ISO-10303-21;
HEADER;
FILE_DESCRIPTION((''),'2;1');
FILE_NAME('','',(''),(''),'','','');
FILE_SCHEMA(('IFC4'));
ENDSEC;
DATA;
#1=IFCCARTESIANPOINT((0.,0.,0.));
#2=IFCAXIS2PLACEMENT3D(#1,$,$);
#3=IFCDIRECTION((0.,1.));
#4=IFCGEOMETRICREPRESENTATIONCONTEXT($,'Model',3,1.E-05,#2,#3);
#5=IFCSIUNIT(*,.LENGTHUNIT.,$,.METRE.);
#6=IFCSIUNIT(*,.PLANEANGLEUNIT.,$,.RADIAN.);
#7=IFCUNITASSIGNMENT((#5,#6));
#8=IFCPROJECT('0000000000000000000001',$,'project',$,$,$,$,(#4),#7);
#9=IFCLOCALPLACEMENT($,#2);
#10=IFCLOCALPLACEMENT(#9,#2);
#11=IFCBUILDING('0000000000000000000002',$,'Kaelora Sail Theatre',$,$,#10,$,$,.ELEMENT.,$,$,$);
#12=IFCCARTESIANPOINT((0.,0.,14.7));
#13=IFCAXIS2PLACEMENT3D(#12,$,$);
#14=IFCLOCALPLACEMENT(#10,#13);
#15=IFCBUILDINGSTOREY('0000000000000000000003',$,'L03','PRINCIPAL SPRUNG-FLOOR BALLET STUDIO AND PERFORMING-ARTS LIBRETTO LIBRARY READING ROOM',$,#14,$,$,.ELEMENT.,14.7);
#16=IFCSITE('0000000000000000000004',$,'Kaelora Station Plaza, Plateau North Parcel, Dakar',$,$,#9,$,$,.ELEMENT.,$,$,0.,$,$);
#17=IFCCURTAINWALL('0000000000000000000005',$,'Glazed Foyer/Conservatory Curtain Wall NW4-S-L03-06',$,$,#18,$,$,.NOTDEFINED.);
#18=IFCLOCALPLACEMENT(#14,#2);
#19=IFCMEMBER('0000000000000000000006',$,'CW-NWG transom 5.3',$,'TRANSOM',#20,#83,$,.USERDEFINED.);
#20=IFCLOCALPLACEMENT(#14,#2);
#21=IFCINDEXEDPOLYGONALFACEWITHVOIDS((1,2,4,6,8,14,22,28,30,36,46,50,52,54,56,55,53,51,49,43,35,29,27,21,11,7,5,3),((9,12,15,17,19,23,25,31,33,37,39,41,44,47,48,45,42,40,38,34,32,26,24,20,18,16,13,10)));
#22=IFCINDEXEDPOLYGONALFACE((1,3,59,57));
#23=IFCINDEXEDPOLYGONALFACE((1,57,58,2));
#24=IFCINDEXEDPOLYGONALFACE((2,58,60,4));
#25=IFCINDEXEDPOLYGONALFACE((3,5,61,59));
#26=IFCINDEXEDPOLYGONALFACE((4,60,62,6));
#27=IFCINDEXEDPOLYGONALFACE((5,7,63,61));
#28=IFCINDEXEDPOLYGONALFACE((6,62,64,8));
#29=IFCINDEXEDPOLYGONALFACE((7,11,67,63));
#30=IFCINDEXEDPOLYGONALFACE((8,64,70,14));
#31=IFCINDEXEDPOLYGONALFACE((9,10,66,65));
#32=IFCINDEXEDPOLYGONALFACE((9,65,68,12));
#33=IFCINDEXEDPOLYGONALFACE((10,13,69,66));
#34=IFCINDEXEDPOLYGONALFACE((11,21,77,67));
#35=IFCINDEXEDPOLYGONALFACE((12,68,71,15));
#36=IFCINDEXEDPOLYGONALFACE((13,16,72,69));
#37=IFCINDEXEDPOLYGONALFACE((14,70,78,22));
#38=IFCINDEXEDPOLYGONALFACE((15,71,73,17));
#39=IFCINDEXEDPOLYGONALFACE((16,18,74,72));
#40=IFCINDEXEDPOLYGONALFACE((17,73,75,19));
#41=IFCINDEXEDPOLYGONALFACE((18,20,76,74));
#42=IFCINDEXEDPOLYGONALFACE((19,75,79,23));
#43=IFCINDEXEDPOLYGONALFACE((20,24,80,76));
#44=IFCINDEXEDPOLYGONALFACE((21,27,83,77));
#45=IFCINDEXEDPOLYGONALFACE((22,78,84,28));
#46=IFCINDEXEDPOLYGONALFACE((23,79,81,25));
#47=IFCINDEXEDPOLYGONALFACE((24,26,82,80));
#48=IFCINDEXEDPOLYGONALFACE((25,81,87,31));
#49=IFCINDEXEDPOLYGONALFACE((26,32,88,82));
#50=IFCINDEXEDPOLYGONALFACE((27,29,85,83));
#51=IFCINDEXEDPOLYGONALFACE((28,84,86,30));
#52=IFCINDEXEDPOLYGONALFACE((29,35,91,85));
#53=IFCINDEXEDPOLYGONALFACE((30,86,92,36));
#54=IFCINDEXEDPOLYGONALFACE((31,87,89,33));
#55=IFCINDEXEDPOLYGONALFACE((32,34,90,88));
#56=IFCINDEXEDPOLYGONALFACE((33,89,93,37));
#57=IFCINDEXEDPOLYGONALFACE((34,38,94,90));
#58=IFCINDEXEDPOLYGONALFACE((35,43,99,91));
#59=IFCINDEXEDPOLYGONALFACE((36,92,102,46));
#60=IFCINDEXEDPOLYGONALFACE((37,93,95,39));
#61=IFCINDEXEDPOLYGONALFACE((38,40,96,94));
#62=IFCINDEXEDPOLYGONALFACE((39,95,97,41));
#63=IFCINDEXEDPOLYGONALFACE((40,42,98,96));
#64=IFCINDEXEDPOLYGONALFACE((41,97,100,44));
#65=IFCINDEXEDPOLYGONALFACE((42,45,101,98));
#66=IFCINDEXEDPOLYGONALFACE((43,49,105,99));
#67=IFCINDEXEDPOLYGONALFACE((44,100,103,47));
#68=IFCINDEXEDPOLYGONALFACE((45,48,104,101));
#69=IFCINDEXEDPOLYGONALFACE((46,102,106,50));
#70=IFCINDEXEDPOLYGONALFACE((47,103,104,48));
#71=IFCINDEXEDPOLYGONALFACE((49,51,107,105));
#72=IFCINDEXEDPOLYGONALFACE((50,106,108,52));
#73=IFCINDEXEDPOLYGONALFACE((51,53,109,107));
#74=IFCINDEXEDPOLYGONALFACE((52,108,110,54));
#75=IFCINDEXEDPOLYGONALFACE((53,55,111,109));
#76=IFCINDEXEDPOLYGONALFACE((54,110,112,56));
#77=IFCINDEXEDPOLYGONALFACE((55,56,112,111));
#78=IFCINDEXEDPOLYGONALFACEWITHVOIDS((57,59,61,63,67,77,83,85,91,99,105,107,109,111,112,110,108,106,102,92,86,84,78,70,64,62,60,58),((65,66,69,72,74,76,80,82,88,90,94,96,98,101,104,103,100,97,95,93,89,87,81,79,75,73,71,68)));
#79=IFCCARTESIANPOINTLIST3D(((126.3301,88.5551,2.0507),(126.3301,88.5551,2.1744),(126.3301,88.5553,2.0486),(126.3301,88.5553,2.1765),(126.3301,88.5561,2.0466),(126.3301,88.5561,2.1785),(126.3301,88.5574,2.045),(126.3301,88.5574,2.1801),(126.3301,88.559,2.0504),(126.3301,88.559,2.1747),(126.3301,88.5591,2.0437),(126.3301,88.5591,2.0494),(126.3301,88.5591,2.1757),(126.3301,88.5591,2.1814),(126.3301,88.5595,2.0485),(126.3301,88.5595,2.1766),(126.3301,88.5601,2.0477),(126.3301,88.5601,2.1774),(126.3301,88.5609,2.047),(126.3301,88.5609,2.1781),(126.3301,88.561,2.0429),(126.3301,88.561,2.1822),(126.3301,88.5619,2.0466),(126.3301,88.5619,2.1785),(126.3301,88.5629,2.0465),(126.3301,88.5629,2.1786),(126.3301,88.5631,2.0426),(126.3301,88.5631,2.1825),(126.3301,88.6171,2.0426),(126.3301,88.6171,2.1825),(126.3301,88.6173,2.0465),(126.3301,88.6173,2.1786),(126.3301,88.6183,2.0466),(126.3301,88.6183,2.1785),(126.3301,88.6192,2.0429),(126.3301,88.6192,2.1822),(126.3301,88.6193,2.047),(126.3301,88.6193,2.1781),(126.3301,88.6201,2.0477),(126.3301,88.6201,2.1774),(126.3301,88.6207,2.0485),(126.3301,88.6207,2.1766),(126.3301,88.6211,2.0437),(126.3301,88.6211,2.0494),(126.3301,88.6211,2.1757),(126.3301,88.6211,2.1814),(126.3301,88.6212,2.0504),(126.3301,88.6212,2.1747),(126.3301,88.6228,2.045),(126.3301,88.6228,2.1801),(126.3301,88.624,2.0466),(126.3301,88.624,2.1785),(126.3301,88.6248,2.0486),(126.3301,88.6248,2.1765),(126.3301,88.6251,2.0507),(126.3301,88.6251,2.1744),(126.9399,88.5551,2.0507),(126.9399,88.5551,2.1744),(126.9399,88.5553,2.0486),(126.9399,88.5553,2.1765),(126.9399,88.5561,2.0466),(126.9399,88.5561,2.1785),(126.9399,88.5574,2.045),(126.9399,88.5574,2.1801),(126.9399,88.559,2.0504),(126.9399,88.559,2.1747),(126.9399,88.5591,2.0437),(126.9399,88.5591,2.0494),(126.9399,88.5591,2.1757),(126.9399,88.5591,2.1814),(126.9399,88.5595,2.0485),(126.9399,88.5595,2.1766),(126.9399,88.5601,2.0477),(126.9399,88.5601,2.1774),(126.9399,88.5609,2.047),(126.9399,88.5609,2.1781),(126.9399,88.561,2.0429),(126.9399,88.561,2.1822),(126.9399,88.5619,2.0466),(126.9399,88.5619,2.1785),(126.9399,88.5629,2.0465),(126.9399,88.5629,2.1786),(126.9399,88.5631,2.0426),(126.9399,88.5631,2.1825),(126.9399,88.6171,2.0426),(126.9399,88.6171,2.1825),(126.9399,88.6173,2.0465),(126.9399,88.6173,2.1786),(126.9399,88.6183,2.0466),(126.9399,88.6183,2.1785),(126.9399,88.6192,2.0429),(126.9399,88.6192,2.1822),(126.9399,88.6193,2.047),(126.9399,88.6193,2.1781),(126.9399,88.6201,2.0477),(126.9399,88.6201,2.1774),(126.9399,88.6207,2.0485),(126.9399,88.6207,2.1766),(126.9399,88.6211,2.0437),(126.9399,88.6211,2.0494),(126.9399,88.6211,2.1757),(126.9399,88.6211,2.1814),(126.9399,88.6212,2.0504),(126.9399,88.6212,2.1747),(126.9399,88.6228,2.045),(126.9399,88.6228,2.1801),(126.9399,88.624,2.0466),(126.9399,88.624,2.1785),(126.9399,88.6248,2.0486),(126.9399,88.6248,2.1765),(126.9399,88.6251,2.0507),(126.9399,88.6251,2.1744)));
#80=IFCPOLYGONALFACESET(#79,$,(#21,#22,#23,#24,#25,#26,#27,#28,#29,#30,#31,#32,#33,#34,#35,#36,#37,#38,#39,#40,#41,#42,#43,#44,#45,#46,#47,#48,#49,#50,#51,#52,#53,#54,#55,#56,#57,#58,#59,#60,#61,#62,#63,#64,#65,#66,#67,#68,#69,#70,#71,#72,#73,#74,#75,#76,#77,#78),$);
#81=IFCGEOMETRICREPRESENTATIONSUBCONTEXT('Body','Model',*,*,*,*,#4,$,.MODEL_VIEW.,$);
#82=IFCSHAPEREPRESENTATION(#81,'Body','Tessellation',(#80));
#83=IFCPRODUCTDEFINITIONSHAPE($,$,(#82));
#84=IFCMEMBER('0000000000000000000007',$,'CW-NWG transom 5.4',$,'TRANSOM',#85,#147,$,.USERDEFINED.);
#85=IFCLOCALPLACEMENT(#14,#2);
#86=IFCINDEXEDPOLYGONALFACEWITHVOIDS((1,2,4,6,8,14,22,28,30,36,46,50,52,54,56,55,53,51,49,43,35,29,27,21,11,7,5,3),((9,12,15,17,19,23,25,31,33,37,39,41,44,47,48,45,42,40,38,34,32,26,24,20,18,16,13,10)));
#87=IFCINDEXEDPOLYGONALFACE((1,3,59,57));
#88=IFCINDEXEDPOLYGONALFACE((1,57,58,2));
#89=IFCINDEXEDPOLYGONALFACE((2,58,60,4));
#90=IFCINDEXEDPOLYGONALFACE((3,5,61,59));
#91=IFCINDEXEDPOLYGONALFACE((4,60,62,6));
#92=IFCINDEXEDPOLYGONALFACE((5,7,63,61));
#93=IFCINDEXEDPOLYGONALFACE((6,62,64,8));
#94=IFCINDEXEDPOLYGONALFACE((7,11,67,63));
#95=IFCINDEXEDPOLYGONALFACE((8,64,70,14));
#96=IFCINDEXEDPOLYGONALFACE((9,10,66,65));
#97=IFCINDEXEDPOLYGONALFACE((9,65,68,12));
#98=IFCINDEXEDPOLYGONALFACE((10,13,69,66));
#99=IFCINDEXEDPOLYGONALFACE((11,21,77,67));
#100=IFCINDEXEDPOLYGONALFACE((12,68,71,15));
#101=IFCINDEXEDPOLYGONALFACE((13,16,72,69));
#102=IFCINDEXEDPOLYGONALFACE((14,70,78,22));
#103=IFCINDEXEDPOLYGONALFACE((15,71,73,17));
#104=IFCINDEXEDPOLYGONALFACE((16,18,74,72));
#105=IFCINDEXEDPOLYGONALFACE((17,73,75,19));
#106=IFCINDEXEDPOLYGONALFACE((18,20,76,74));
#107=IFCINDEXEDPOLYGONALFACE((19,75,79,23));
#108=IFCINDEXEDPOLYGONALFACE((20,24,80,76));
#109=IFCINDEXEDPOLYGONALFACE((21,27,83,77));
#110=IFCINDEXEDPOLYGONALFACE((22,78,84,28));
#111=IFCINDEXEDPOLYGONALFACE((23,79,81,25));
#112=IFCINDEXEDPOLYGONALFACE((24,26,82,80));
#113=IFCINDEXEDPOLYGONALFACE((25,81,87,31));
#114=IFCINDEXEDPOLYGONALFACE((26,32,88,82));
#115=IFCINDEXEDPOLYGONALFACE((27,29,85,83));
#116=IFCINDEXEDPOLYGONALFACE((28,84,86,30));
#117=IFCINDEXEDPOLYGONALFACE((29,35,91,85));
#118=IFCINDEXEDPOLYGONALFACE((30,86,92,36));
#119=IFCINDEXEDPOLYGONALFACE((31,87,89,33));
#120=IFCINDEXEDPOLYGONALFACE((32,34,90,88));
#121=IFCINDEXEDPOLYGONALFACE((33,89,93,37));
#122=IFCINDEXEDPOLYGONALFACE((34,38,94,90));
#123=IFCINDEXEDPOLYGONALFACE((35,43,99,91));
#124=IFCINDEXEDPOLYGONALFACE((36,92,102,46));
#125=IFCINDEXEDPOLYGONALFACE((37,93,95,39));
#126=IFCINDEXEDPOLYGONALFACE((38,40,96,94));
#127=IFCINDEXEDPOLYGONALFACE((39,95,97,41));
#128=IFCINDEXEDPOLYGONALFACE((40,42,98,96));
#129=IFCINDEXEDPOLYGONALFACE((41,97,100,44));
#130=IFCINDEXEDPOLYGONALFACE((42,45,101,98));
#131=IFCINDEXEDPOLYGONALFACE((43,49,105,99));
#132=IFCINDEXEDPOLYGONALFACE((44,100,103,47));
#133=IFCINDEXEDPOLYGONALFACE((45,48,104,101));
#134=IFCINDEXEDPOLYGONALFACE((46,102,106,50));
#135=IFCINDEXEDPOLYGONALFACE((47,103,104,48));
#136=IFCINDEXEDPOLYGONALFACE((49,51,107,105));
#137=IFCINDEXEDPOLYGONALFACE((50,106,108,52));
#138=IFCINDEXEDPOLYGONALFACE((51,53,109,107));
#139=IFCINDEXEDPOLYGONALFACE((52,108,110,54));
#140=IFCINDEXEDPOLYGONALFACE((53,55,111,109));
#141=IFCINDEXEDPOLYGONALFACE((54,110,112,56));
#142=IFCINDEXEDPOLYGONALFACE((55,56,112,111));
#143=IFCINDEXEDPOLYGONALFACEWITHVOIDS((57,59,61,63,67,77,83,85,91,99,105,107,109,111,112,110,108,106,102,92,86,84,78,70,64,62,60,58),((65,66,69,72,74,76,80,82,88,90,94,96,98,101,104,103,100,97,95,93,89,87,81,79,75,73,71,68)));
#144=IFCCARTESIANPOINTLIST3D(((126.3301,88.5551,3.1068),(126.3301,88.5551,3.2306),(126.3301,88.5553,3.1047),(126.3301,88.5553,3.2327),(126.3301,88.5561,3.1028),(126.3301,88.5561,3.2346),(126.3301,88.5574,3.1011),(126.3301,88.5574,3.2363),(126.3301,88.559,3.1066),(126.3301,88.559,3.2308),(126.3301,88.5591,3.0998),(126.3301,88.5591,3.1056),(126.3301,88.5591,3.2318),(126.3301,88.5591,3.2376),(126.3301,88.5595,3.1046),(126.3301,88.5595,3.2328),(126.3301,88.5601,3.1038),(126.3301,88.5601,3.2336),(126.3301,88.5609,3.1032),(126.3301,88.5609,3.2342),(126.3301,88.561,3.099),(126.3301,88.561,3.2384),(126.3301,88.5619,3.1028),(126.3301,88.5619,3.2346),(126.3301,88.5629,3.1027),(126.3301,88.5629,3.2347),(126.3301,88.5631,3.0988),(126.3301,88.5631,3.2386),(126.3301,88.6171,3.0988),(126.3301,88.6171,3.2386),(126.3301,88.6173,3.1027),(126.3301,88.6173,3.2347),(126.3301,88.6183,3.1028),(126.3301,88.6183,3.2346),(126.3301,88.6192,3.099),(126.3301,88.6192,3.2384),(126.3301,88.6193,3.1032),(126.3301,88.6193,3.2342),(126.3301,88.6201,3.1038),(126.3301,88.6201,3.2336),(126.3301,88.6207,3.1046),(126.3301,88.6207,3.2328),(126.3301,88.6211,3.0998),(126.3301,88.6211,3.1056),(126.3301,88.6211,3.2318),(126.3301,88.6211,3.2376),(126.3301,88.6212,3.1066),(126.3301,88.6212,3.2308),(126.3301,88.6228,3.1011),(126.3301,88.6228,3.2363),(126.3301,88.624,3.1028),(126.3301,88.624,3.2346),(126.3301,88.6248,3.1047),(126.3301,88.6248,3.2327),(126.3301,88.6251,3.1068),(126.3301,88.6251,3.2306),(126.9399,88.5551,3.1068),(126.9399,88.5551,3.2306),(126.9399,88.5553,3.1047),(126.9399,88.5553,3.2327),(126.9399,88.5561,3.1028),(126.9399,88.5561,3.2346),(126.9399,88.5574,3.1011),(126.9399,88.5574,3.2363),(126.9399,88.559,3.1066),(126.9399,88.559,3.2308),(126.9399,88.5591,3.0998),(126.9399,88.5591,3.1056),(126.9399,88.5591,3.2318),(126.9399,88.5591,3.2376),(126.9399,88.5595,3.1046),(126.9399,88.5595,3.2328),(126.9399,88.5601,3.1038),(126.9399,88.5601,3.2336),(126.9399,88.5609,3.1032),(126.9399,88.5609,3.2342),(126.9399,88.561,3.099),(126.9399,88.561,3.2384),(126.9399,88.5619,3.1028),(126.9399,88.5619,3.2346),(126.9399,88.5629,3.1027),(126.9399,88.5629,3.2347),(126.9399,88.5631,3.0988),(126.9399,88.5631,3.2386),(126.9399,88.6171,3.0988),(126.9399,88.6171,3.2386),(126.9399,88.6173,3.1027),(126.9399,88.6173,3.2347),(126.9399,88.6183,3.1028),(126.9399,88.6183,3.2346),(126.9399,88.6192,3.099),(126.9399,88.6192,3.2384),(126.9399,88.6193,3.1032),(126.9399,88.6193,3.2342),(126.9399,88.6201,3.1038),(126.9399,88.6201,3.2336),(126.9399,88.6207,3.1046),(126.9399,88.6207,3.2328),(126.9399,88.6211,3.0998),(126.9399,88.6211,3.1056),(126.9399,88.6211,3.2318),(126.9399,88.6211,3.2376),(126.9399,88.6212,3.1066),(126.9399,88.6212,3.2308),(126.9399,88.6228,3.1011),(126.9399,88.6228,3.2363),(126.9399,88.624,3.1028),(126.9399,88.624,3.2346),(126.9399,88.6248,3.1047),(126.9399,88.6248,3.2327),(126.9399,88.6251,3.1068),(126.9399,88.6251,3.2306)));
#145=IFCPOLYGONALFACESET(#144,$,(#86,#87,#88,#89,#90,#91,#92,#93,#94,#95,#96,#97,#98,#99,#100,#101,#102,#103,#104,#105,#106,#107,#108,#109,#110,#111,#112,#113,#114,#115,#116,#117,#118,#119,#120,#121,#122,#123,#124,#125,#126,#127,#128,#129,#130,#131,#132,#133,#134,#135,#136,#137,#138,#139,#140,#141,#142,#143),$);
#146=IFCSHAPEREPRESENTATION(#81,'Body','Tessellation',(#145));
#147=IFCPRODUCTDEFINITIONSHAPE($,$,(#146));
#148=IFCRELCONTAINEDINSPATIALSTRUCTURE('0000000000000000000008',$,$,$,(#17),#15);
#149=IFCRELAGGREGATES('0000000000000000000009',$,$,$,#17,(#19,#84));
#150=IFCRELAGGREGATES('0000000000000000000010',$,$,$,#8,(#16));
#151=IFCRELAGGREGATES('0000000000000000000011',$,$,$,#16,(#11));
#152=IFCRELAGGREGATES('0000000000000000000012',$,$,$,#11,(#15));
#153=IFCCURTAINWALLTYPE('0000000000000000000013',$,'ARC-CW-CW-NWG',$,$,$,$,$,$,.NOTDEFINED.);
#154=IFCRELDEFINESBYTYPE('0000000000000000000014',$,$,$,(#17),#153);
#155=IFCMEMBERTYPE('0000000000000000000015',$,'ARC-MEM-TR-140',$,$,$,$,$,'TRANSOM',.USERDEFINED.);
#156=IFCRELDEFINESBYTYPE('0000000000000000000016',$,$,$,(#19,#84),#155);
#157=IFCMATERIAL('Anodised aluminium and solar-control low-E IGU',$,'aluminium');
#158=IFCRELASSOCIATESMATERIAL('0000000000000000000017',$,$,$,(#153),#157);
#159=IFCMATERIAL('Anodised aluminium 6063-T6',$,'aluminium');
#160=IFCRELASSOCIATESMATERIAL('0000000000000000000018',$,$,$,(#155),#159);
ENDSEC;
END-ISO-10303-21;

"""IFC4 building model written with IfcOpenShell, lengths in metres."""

from ifc_helpers import new_model, si_unit, direction, frame, origin, origin_2d, place, context, subcontext, project, spatial, hollow_rectangle, extrude, material, material_profile, profile_set, type_object, element, aggregate, save


model = new_model("IFC4")

# Units and contexts
model_context = context("Model", 3, precision=1e-05, world=origin(), true_north=direction((0.0, 1.0)))
body_context = subcontext(model_context, "Body", "Model", "MODEL_VIEW")
ifc_project = project(units=[si_unit("LENGTHUNIT", "METRE"), si_unit("PLANEANGLEUNIT", "RADIAN")], contexts=[model_context])

# Site, building, storey
site_placement = place(None, origin())
site = spatial("IfcSite", under=ifc_project, at=site_placement, Name="Kaelora Station Plaza, Plateau North Parcel, Dakar", CompositionType="ELEMENT", RefElevation=0.0)
building_placement = place(site_placement, origin())
building = spatial("IfcBuilding", under=site, at=building_placement, Name="Kaelora Sail Theatre", CompositionType="ELEMENT")
storey_placement = place(building_placement, frame((0.0, 0.0, 14.7)))
storey = spatial("IfcBuildingStorey", under=building, at=storey_placement, Name="L03", Description="PRINCIPAL SPRUNG-FLOOR BALLET STUDIO AND PERFORMING-ARTS LIBRETTO LIBRARY READING ROOM", CompositionType="ELEMENT", Elevation=14.7)

# Curtain wall, members
ifc_material_1 = material(Name="Anodised aluminium and solar-control low-E IGU", Category="aluminium")
curtain_wall_type = type_object("IfcCurtainWallType", Name="ARC-CW-CW-NWG", PredefinedType="NOTDEFINED", material=ifc_material_1)
curtain_wall_1_placement = place(storey_placement, origin())
curtain_wall_1 = element("IfcCurtainWall", 1, at=curtain_wall_1_placement, inside=storey, type_object=curtain_wall_type, Name="Glazed Foyer/Conservatory Curtain Wall NW4-S-L03-06", PredefinedType="NOTDEFINED")
ifc_material_2 = material(Name="Anodised aluminium 6063-T6", Category="aluminium")
ifc_material_profile = material_profile(ifc_material_2, hollow_rectangle(XDim=0.0701, YDim=0.1399, WallThickness=0.0039, InnerFilletRadius=0.0039, OuterFilletRadius=0.0081, at=origin_2d()), Name="ALU-TRAN 70x140x4")
ifc_profile_set = profile_set([ifc_material_profile], Name="Anodised aluminium 6063-T6")
member_type = type_object("IfcMemberType", Name="ARC-MEM-TR-140", ElementType="TRANSOM", PredefinedType="USERDEFINED", material=ifc_profile_set)
member_1_placement = place(storey_placement, frame((126.3301, 88.5901, 2.1125), z_axis=(1.0, 0.0, 0.0), x_axis=(0.0, 1.0, 0.0)))
member_1 = element("IfcMember", 2, at=member_1_placement, type_object=member_type, Name="CW-NWG transom 5.3", ObjectType="TRANSOM", PredefinedType="USERDEFINED", context=body_context, shape_type="SweptSolid", body=[
    extrude(hollow_rectangle(XDim=0.0701, YDim=0.1399, WallThickness=0.0039, InnerFilletRadius=0.0039, OuterFilletRadius=0.0081, at=origin_2d()), origin(), (0.0, 0.0, 1.0), 0.6099),
])
member_2_placement = place(storey_placement, frame((126.3301, 88.5901, 3.1687), z_axis=(1.0, 0.0, 0.0), x_axis=(0.0, 1.0, 0.0)))
member_2 = element("IfcMember", 3, at=member_2_placement, type_object=member_type, Name="CW-NWG transom 5.4", ObjectType="TRANSOM", PredefinedType="USERDEFINED", context=body_context, shape_type="SweptSolid", body=[
    extrude(hollow_rectangle(XDim=0.0701, YDim=0.1399, WallThickness=0.0039, InnerFilletRadius=0.0039, OuterFilletRadius=0.0081, at=origin_2d()), origin(), (0.0, 0.0, 1.0), 0.6099),
])

aggregate(curtain_wall_1, [member_1, member_2])

save(model, "model.ifc")
